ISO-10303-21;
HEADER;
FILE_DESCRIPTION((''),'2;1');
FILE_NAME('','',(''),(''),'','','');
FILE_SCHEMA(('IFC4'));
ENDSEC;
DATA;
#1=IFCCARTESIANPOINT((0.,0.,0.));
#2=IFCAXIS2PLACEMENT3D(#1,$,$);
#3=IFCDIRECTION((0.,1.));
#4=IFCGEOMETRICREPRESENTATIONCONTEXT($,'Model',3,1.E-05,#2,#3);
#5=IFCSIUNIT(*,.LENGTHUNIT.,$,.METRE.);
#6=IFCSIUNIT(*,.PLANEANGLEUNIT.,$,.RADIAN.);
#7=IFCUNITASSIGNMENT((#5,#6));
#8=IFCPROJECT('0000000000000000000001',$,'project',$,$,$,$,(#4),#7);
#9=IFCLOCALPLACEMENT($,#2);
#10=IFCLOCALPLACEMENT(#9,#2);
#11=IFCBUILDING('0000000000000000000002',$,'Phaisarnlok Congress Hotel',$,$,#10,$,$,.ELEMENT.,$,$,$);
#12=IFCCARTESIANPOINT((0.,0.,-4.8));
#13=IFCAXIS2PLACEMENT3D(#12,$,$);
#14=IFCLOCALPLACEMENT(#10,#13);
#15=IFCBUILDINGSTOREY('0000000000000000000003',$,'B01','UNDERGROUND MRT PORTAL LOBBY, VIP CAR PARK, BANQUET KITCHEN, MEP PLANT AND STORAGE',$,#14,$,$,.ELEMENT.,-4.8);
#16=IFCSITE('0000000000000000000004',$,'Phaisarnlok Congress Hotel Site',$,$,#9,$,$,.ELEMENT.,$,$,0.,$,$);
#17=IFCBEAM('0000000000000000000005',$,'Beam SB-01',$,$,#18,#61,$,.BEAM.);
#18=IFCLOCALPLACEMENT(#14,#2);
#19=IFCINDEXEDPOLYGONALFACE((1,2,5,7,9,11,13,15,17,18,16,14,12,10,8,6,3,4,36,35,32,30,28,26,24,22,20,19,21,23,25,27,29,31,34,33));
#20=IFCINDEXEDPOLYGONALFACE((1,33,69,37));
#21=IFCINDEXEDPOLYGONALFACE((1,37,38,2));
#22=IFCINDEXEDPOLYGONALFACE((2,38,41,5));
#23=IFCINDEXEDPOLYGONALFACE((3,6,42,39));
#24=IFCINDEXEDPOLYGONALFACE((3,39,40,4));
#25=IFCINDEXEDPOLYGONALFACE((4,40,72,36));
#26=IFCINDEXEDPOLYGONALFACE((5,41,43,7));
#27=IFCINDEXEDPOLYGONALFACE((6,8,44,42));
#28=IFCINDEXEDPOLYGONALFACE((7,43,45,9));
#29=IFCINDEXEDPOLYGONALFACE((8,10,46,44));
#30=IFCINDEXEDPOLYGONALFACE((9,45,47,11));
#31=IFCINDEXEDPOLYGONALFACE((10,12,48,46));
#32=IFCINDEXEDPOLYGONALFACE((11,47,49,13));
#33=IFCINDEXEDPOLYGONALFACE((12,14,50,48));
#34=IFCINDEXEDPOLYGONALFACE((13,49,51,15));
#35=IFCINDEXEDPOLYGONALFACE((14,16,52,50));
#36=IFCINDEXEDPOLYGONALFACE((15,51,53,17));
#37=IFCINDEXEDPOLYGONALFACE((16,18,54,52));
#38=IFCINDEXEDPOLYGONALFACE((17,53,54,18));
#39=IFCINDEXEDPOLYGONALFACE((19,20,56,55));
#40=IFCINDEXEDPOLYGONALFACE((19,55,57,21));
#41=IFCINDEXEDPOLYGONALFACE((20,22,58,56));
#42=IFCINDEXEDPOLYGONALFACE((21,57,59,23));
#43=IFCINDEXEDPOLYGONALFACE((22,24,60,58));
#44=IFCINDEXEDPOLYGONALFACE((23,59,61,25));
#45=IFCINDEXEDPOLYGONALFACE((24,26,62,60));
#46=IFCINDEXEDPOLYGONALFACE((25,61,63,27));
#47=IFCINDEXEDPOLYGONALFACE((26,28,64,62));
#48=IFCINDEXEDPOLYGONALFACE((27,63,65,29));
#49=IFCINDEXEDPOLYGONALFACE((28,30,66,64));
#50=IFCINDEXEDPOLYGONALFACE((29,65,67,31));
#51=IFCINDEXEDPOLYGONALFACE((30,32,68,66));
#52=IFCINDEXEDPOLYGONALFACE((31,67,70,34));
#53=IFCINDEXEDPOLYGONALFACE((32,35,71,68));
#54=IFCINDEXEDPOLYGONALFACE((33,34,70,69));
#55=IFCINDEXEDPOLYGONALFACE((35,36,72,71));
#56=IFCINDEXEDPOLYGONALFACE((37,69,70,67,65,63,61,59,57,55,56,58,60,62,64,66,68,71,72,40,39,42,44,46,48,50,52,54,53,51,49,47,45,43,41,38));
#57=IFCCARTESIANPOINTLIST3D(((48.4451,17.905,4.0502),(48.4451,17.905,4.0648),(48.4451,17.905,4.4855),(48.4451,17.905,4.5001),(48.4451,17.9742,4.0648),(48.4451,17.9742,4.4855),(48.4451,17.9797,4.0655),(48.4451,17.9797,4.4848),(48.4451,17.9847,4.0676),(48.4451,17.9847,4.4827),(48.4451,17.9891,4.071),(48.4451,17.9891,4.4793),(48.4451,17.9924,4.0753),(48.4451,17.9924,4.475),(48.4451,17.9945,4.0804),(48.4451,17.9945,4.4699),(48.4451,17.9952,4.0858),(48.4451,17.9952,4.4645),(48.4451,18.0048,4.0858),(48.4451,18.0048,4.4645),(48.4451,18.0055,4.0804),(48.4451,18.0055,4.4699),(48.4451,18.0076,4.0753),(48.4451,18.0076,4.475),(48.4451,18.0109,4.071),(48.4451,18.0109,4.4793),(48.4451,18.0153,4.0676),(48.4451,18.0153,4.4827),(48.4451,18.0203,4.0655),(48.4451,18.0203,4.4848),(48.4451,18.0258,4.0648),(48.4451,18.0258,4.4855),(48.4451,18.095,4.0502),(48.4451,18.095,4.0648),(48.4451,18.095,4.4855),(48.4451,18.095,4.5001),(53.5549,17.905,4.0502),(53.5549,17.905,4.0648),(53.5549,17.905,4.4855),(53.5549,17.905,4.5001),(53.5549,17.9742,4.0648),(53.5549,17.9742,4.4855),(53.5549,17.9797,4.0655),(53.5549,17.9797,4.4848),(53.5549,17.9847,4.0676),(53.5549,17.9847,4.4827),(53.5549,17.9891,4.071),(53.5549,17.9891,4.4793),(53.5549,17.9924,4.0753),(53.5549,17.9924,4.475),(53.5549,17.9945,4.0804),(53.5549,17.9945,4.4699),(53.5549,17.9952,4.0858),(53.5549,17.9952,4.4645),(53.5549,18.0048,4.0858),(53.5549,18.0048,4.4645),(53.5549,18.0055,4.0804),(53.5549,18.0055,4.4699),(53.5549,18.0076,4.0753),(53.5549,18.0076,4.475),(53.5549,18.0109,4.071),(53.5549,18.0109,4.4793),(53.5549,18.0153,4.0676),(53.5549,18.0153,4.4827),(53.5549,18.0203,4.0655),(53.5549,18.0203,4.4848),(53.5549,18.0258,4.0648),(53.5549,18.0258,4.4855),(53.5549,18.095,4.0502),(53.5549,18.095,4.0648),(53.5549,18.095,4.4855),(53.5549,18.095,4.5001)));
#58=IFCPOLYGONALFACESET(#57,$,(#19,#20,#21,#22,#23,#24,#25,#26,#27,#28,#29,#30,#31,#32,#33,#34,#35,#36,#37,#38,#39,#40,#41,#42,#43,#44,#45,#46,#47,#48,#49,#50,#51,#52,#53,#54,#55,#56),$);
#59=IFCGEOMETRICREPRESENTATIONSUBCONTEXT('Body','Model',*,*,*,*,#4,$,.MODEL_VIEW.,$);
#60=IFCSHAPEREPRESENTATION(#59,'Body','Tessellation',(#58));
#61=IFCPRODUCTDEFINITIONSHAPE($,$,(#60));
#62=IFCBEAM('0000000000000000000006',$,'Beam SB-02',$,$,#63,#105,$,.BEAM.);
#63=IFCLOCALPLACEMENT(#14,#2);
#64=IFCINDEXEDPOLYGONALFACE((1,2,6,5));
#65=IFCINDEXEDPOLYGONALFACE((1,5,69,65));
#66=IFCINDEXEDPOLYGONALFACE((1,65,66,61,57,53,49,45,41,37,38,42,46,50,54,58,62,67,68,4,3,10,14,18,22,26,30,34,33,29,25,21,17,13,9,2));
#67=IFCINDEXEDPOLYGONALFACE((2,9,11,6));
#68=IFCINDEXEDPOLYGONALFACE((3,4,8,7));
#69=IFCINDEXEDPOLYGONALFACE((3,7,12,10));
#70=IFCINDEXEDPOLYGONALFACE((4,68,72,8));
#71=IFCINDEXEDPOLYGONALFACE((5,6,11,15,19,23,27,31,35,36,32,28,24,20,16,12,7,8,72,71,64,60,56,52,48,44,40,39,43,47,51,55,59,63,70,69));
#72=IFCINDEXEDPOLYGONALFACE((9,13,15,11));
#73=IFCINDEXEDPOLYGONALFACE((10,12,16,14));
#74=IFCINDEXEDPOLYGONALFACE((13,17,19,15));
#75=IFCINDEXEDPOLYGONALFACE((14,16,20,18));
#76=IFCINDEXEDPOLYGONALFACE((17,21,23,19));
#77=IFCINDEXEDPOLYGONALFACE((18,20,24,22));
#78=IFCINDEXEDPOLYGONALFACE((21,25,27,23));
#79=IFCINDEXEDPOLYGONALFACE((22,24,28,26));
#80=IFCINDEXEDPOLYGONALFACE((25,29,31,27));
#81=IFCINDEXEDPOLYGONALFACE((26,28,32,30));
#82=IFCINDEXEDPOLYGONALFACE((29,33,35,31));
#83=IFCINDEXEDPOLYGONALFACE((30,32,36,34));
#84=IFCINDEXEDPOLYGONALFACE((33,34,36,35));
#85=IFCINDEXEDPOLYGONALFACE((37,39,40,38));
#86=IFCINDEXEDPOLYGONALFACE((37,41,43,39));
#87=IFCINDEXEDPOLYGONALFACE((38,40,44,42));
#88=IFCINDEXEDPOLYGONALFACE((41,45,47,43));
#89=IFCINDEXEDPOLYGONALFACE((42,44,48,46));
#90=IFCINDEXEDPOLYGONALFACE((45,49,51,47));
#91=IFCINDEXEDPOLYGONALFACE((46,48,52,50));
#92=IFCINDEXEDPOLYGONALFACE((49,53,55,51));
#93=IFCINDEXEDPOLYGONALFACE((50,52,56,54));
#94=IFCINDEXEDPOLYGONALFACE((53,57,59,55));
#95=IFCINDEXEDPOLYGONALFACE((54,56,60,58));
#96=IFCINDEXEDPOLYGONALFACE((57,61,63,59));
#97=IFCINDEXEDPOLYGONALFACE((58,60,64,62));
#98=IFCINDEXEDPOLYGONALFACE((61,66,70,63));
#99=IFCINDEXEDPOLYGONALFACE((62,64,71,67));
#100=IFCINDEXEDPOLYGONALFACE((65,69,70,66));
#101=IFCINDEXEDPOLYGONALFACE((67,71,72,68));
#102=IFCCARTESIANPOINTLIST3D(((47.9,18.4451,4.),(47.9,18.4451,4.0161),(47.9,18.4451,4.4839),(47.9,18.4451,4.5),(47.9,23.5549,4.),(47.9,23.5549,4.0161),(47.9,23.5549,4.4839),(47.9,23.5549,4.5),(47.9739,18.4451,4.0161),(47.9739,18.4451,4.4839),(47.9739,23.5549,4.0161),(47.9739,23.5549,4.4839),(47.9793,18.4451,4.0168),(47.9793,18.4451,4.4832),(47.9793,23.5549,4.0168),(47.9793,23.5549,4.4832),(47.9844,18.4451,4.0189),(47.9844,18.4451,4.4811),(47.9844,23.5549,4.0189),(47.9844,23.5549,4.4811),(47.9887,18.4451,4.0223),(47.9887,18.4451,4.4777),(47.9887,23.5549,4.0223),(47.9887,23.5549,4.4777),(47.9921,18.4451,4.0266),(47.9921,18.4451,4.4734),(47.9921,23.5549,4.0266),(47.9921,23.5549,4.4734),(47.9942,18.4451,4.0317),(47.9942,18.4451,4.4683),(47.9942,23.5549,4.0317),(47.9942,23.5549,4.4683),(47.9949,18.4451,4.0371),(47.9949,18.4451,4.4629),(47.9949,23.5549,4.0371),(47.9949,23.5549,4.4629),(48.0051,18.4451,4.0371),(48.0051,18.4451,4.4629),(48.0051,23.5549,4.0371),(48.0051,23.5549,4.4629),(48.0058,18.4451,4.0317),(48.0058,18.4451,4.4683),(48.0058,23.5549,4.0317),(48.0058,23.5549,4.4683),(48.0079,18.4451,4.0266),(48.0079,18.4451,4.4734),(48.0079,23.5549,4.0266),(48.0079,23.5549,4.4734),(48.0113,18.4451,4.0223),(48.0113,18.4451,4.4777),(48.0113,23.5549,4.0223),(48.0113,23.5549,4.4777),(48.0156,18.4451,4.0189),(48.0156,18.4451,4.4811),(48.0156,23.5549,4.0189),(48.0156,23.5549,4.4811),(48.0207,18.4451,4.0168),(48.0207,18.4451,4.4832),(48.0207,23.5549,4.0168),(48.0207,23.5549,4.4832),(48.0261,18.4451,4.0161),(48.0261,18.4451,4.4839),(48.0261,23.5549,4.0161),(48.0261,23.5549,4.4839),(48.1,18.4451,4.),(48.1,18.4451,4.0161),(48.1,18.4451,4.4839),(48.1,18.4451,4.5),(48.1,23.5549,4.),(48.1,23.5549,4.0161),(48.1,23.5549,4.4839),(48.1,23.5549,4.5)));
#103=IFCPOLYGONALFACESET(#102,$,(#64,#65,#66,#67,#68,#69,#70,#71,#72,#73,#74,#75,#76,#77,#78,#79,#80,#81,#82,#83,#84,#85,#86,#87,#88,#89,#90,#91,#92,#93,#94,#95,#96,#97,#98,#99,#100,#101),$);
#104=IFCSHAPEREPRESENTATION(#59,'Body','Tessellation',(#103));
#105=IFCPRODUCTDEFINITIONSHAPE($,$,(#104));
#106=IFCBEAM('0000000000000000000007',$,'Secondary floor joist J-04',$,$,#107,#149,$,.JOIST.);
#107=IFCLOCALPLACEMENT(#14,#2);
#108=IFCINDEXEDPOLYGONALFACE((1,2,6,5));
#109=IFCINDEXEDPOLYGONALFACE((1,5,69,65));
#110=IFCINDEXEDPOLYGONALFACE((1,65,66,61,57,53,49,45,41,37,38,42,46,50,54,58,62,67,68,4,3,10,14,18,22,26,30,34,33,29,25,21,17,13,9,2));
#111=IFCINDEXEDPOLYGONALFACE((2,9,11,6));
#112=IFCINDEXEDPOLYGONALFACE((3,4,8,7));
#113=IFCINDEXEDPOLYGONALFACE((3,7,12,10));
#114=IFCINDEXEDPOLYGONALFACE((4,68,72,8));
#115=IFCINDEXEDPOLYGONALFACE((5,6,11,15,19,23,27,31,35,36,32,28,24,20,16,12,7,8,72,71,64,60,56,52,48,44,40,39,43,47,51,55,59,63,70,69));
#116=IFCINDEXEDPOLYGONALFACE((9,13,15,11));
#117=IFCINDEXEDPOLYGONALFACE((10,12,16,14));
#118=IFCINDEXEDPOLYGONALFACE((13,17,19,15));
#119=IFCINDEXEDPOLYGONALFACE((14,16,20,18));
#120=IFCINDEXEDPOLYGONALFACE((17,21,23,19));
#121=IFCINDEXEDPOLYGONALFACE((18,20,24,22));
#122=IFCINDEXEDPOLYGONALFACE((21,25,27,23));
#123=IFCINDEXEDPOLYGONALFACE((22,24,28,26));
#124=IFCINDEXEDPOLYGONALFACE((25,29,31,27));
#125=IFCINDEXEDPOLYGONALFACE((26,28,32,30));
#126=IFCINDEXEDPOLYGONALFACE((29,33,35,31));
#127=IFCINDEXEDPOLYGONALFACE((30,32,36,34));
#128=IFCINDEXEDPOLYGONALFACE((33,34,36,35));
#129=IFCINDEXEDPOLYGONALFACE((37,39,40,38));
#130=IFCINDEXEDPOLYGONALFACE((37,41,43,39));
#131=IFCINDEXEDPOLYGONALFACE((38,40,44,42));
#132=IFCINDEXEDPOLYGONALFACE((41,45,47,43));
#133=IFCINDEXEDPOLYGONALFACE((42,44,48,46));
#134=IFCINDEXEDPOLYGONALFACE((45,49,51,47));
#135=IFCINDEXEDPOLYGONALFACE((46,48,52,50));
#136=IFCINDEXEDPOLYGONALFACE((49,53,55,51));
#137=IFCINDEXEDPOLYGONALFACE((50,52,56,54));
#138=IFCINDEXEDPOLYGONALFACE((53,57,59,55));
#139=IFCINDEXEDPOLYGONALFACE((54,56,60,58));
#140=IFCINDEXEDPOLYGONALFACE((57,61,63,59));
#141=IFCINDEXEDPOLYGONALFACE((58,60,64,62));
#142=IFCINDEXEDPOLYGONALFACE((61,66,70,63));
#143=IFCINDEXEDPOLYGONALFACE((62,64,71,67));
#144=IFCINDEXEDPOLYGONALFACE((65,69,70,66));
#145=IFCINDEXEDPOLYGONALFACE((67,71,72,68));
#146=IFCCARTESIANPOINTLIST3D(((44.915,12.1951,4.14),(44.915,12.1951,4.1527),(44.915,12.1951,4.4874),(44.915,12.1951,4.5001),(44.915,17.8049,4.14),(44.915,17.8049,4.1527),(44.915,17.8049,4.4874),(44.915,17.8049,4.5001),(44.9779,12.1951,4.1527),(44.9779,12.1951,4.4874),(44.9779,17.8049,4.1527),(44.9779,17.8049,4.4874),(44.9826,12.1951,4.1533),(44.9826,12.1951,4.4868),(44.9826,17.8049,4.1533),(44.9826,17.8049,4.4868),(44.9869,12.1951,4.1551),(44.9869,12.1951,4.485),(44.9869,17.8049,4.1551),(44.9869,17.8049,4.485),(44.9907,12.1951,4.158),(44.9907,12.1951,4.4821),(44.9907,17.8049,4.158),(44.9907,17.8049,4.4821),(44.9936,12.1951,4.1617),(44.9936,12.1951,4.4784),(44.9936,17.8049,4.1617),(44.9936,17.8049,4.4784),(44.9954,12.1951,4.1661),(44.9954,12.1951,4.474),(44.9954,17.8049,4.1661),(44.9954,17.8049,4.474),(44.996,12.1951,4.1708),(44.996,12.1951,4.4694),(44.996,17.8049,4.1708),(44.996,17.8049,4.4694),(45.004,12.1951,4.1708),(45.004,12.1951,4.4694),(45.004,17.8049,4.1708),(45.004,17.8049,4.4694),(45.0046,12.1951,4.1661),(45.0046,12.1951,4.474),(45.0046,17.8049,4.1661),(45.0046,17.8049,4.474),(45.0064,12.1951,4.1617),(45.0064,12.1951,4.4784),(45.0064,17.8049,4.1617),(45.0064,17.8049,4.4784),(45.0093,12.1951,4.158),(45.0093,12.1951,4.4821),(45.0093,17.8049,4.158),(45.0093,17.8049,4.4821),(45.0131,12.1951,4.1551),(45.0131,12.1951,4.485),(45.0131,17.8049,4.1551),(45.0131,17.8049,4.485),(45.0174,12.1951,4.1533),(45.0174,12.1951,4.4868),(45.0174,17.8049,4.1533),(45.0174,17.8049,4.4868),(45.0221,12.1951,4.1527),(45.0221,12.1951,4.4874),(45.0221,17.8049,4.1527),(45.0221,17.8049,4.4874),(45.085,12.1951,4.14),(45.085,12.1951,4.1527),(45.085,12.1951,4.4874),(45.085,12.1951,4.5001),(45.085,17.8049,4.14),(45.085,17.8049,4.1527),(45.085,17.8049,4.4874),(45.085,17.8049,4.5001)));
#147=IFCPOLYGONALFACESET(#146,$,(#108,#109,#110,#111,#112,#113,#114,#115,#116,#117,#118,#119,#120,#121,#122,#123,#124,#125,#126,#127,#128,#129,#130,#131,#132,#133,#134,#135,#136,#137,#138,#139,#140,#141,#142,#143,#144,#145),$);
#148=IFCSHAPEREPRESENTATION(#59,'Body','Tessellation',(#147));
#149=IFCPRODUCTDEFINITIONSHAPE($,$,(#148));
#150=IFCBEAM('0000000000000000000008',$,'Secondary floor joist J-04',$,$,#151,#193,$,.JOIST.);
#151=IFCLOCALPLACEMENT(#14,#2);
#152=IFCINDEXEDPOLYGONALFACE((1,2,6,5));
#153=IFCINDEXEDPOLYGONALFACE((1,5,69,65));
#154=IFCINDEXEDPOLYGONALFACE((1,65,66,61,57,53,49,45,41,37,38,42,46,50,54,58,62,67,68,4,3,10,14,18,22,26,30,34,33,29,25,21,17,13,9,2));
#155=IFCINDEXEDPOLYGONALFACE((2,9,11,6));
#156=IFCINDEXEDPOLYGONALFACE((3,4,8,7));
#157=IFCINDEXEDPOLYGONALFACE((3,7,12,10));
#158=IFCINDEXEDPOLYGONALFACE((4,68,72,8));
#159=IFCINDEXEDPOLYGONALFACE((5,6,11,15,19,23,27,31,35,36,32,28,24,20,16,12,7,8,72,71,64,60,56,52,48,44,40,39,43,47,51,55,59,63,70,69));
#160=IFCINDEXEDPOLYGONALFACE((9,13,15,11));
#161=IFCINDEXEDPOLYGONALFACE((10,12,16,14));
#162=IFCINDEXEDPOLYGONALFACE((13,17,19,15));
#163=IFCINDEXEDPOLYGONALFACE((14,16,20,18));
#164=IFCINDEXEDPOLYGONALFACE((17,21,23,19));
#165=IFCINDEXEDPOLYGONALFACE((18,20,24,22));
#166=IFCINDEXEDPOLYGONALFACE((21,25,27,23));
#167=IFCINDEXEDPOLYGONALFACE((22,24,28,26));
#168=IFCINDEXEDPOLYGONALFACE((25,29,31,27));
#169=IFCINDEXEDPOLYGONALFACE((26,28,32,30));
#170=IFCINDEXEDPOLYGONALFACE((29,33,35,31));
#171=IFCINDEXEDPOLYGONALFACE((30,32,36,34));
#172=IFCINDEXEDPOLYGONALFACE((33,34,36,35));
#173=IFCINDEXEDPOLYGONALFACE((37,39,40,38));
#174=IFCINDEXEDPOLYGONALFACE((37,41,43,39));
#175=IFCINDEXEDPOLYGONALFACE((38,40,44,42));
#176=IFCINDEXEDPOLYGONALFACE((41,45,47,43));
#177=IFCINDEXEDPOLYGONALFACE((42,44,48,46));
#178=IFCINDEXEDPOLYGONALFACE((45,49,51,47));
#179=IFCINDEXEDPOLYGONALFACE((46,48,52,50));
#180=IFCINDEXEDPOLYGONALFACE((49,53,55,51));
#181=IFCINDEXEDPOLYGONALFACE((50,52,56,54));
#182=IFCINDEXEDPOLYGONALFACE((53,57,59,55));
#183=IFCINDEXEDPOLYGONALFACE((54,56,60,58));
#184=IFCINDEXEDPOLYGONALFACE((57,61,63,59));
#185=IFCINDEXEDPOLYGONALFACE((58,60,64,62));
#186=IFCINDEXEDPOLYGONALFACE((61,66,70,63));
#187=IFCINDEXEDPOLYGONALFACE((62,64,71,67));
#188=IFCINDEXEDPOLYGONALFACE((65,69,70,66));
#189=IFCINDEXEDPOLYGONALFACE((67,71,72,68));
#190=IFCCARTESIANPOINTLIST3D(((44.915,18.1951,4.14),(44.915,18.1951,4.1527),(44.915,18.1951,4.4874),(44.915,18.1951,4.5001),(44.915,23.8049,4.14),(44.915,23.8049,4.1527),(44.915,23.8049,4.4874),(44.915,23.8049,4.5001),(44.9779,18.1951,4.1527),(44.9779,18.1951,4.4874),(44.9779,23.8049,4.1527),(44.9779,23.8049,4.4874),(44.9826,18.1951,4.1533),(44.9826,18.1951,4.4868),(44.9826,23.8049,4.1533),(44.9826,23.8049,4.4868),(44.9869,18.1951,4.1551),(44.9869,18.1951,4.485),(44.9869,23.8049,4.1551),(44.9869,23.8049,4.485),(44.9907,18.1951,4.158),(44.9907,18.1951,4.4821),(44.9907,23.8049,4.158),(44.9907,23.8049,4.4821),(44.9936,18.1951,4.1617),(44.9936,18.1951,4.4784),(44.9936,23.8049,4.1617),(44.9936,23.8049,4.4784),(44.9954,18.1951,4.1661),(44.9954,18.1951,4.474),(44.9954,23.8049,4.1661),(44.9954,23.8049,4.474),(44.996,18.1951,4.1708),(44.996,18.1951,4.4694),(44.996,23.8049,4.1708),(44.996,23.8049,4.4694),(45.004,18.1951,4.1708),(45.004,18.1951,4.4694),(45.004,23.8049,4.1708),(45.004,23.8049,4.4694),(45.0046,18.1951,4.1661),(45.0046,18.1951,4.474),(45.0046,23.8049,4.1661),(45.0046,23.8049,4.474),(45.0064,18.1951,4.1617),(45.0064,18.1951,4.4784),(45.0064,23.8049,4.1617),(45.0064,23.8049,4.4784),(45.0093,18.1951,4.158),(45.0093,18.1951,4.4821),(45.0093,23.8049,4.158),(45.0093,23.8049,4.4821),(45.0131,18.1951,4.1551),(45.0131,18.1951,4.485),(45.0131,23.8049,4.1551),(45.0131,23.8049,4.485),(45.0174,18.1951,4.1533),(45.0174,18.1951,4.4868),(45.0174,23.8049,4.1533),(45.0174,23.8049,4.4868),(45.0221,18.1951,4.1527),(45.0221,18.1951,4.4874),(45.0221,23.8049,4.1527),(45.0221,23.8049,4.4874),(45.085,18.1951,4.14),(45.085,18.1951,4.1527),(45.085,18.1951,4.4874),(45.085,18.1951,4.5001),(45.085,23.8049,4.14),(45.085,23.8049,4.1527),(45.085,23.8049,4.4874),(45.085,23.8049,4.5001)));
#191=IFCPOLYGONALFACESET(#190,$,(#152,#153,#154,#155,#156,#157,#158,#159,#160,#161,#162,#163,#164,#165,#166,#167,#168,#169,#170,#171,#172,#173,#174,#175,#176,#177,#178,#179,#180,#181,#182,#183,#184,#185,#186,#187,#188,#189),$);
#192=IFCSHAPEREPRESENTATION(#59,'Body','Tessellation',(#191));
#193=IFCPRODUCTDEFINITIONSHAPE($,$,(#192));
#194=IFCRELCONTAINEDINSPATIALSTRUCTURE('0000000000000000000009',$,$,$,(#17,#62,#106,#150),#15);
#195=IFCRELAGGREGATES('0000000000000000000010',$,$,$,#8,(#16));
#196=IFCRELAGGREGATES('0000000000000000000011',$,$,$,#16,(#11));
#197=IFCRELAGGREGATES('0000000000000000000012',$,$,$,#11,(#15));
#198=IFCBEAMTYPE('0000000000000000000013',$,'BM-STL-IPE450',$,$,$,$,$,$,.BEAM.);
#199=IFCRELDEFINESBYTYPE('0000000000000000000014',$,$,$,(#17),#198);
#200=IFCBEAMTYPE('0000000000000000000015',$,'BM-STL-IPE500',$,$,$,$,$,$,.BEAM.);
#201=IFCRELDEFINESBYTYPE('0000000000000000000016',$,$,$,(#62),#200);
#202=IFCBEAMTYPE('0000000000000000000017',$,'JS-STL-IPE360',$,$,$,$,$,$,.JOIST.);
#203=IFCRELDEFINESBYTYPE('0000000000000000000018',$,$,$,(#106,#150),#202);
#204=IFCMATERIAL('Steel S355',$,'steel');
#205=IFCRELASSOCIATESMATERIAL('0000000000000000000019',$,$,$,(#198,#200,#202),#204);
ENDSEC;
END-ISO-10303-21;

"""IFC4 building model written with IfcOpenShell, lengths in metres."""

from ifc_helpers import new_model, si_unit, direction, frame, origin, origin_2d, place, context, subcontext, project, spatial, i_section, extrude, material, material_profile, profile_set, type_object, element, save


model = new_model("IFC4")

# Units and contexts
model_context = context("Model", 3, precision=1e-05, world=origin(), true_north=direction((0.0, 1.0)))
body_context = subcontext(model_context, "Body", "Model", "MODEL_VIEW")
ifc_project = project(units=[si_unit("LENGTHUNIT", "METRE"), si_unit("PLANEANGLEUNIT", "RADIAN")], contexts=[model_context])

# Site, building, storey
site_placement = place(None, origin())
site = spatial("IfcSite", under=ifc_project, at=site_placement, Name="Phaisarnlok Congress Hotel Site", CompositionType="ELEMENT", RefElevation=0.0)
building_placement = place(site_placement, origin())
building = spatial("IfcBuilding", under=site, at=building_placement, Name="Phaisarnlok Congress Hotel", CompositionType="ELEMENT")
storey_placement = place(building_placement, frame((0.0, 0.0, -4.8)))
storey = spatial("IfcBuildingStorey", under=building, at=storey_placement, Name="B01", Description="UNDERGROUND MRT PORTAL LOBBY, VIP CAR PARK, BANQUET KITCHEN, MEP PLANT AND STORAGE", CompositionType="ELEMENT", Elevation=-4.8)

# Beams
ifc_material_1 = material(Name="Steel S355", Category="steel")
ifc_material_profile_1 = material_profile(ifc_material_1, i_section(OverallWidth=0.1899, OverallDepth=0.45, WebThickness=0.0095, FlangeThickness=0.0146, FilletRadius=0.021, at=origin_2d()), Name="IPE 450")
ifc_profile_set_1 = profile_set([ifc_material_profile_1], Name="Steel S355")
beam_type_1 = type_object("IfcBeamType", Name="BM-STL-IPE450", PredefinedType="BEAM", material=ifc_profile_set_1)
beam_1_placement = place(storey_placement, frame((48.4451, 18.0, 4.2751), z_axis=(1.0, 0.0, 0.0), x_axis=(0.0, 1.0, 0.0)))
element("IfcBeam", 1, at=beam_1_placement, inside=storey, type_object=beam_type_1, Name="Beam SB-01", PredefinedType="BEAM", context=body_context, shape_type="SweptSolid", body=[
    extrude(i_section(OverallWidth=0.1899, OverallDepth=0.45, WebThickness=0.0095, FlangeThickness=0.0146, FilletRadius=0.021, at=origin_2d()), origin(), (0.0, 0.0, 1.0), 5.1099),
])
ifc_material_profile_2 = material_profile(ifc_material_1, i_section(OverallWidth=0.2, OverallDepth=0.5, WebThickness=0.0103, FlangeThickness=0.0161, FilletRadius=0.021, at=origin_2d()), Name="IPE 500")
ifc_profile_set_2 = profile_set([ifc_material_profile_2], Name="Steel S355")
beam_type_2 = type_object("IfcBeamType", Name="BM-STL-IPE500", PredefinedType="BEAM", material=ifc_profile_set_2)
beam_2_placement = place(storey_placement, frame((48.0, 18.4451, 4.25), z_axis=(0.0, 1.0, 0.0), x_axis=(-1.0, 0.0, 0.0)))
element("IfcBeam", 2, at=beam_2_placement, inside=storey, type_object=beam_type_2, Name="Beam SB-02", PredefinedType="BEAM", context=body_context, shape_type="SweptSolid", body=[
    extrude(i_section(OverallWidth=0.2, OverallDepth=0.5, WebThickness=0.0103, FlangeThickness=0.0161, FilletRadius=0.021, at=origin_2d()), origin(), (0.0, 0.0, 1.0), 5.1099),
])
ifc_material_profile_3 = material_profile(ifc_material_1, i_section(OverallWidth=0.1699, OverallDepth=0.3601, WebThickness=0.0081, FlangeThickness=0.0127, FilletRadius=0.0181, at=origin_2d()), Name="IPE 360")
ifc_profile_set_3 = profile_set([ifc_material_profile_3], Name="Steel S355")
beam_type_3 = type_object("IfcBeamType", Name="JS-STL-IPE360", PredefinedType="JOIST", material=ifc_profile_set_3)
for number, where, z_axis, x_axis, name in (
    (3, (45.0, 12.1951, 4.3201), (0.0, 1.0, 0.0), (-1.0, 0.0, 0.0), "Secondary floor joist J-04"),
    (4, (45.0, 18.1951, 4.3201), (0.0, 1.0, 0.0), (-1.0, 0.0, 0.0), "Secondary floor joist J-04"),
):
    element("IfcBeam", number, at=place(storey_placement, frame(where, z_axis=z_axis, x_axis=x_axis)), inside=storey, type_object=beam_type_3, Name=name, PredefinedType="JOIST", context=body_context, shape_type="SweptSolid", body=[
        extrude(i_section(OverallWidth=0.1699, OverallDepth=0.3601, WebThickness=0.0081, FlangeThickness=0.0127, FilletRadius=0.0181, at=origin_2d()), origin(), (0.0, 0.0, 1.0), 5.6099),
    ])

save(model, "model.ifc")
